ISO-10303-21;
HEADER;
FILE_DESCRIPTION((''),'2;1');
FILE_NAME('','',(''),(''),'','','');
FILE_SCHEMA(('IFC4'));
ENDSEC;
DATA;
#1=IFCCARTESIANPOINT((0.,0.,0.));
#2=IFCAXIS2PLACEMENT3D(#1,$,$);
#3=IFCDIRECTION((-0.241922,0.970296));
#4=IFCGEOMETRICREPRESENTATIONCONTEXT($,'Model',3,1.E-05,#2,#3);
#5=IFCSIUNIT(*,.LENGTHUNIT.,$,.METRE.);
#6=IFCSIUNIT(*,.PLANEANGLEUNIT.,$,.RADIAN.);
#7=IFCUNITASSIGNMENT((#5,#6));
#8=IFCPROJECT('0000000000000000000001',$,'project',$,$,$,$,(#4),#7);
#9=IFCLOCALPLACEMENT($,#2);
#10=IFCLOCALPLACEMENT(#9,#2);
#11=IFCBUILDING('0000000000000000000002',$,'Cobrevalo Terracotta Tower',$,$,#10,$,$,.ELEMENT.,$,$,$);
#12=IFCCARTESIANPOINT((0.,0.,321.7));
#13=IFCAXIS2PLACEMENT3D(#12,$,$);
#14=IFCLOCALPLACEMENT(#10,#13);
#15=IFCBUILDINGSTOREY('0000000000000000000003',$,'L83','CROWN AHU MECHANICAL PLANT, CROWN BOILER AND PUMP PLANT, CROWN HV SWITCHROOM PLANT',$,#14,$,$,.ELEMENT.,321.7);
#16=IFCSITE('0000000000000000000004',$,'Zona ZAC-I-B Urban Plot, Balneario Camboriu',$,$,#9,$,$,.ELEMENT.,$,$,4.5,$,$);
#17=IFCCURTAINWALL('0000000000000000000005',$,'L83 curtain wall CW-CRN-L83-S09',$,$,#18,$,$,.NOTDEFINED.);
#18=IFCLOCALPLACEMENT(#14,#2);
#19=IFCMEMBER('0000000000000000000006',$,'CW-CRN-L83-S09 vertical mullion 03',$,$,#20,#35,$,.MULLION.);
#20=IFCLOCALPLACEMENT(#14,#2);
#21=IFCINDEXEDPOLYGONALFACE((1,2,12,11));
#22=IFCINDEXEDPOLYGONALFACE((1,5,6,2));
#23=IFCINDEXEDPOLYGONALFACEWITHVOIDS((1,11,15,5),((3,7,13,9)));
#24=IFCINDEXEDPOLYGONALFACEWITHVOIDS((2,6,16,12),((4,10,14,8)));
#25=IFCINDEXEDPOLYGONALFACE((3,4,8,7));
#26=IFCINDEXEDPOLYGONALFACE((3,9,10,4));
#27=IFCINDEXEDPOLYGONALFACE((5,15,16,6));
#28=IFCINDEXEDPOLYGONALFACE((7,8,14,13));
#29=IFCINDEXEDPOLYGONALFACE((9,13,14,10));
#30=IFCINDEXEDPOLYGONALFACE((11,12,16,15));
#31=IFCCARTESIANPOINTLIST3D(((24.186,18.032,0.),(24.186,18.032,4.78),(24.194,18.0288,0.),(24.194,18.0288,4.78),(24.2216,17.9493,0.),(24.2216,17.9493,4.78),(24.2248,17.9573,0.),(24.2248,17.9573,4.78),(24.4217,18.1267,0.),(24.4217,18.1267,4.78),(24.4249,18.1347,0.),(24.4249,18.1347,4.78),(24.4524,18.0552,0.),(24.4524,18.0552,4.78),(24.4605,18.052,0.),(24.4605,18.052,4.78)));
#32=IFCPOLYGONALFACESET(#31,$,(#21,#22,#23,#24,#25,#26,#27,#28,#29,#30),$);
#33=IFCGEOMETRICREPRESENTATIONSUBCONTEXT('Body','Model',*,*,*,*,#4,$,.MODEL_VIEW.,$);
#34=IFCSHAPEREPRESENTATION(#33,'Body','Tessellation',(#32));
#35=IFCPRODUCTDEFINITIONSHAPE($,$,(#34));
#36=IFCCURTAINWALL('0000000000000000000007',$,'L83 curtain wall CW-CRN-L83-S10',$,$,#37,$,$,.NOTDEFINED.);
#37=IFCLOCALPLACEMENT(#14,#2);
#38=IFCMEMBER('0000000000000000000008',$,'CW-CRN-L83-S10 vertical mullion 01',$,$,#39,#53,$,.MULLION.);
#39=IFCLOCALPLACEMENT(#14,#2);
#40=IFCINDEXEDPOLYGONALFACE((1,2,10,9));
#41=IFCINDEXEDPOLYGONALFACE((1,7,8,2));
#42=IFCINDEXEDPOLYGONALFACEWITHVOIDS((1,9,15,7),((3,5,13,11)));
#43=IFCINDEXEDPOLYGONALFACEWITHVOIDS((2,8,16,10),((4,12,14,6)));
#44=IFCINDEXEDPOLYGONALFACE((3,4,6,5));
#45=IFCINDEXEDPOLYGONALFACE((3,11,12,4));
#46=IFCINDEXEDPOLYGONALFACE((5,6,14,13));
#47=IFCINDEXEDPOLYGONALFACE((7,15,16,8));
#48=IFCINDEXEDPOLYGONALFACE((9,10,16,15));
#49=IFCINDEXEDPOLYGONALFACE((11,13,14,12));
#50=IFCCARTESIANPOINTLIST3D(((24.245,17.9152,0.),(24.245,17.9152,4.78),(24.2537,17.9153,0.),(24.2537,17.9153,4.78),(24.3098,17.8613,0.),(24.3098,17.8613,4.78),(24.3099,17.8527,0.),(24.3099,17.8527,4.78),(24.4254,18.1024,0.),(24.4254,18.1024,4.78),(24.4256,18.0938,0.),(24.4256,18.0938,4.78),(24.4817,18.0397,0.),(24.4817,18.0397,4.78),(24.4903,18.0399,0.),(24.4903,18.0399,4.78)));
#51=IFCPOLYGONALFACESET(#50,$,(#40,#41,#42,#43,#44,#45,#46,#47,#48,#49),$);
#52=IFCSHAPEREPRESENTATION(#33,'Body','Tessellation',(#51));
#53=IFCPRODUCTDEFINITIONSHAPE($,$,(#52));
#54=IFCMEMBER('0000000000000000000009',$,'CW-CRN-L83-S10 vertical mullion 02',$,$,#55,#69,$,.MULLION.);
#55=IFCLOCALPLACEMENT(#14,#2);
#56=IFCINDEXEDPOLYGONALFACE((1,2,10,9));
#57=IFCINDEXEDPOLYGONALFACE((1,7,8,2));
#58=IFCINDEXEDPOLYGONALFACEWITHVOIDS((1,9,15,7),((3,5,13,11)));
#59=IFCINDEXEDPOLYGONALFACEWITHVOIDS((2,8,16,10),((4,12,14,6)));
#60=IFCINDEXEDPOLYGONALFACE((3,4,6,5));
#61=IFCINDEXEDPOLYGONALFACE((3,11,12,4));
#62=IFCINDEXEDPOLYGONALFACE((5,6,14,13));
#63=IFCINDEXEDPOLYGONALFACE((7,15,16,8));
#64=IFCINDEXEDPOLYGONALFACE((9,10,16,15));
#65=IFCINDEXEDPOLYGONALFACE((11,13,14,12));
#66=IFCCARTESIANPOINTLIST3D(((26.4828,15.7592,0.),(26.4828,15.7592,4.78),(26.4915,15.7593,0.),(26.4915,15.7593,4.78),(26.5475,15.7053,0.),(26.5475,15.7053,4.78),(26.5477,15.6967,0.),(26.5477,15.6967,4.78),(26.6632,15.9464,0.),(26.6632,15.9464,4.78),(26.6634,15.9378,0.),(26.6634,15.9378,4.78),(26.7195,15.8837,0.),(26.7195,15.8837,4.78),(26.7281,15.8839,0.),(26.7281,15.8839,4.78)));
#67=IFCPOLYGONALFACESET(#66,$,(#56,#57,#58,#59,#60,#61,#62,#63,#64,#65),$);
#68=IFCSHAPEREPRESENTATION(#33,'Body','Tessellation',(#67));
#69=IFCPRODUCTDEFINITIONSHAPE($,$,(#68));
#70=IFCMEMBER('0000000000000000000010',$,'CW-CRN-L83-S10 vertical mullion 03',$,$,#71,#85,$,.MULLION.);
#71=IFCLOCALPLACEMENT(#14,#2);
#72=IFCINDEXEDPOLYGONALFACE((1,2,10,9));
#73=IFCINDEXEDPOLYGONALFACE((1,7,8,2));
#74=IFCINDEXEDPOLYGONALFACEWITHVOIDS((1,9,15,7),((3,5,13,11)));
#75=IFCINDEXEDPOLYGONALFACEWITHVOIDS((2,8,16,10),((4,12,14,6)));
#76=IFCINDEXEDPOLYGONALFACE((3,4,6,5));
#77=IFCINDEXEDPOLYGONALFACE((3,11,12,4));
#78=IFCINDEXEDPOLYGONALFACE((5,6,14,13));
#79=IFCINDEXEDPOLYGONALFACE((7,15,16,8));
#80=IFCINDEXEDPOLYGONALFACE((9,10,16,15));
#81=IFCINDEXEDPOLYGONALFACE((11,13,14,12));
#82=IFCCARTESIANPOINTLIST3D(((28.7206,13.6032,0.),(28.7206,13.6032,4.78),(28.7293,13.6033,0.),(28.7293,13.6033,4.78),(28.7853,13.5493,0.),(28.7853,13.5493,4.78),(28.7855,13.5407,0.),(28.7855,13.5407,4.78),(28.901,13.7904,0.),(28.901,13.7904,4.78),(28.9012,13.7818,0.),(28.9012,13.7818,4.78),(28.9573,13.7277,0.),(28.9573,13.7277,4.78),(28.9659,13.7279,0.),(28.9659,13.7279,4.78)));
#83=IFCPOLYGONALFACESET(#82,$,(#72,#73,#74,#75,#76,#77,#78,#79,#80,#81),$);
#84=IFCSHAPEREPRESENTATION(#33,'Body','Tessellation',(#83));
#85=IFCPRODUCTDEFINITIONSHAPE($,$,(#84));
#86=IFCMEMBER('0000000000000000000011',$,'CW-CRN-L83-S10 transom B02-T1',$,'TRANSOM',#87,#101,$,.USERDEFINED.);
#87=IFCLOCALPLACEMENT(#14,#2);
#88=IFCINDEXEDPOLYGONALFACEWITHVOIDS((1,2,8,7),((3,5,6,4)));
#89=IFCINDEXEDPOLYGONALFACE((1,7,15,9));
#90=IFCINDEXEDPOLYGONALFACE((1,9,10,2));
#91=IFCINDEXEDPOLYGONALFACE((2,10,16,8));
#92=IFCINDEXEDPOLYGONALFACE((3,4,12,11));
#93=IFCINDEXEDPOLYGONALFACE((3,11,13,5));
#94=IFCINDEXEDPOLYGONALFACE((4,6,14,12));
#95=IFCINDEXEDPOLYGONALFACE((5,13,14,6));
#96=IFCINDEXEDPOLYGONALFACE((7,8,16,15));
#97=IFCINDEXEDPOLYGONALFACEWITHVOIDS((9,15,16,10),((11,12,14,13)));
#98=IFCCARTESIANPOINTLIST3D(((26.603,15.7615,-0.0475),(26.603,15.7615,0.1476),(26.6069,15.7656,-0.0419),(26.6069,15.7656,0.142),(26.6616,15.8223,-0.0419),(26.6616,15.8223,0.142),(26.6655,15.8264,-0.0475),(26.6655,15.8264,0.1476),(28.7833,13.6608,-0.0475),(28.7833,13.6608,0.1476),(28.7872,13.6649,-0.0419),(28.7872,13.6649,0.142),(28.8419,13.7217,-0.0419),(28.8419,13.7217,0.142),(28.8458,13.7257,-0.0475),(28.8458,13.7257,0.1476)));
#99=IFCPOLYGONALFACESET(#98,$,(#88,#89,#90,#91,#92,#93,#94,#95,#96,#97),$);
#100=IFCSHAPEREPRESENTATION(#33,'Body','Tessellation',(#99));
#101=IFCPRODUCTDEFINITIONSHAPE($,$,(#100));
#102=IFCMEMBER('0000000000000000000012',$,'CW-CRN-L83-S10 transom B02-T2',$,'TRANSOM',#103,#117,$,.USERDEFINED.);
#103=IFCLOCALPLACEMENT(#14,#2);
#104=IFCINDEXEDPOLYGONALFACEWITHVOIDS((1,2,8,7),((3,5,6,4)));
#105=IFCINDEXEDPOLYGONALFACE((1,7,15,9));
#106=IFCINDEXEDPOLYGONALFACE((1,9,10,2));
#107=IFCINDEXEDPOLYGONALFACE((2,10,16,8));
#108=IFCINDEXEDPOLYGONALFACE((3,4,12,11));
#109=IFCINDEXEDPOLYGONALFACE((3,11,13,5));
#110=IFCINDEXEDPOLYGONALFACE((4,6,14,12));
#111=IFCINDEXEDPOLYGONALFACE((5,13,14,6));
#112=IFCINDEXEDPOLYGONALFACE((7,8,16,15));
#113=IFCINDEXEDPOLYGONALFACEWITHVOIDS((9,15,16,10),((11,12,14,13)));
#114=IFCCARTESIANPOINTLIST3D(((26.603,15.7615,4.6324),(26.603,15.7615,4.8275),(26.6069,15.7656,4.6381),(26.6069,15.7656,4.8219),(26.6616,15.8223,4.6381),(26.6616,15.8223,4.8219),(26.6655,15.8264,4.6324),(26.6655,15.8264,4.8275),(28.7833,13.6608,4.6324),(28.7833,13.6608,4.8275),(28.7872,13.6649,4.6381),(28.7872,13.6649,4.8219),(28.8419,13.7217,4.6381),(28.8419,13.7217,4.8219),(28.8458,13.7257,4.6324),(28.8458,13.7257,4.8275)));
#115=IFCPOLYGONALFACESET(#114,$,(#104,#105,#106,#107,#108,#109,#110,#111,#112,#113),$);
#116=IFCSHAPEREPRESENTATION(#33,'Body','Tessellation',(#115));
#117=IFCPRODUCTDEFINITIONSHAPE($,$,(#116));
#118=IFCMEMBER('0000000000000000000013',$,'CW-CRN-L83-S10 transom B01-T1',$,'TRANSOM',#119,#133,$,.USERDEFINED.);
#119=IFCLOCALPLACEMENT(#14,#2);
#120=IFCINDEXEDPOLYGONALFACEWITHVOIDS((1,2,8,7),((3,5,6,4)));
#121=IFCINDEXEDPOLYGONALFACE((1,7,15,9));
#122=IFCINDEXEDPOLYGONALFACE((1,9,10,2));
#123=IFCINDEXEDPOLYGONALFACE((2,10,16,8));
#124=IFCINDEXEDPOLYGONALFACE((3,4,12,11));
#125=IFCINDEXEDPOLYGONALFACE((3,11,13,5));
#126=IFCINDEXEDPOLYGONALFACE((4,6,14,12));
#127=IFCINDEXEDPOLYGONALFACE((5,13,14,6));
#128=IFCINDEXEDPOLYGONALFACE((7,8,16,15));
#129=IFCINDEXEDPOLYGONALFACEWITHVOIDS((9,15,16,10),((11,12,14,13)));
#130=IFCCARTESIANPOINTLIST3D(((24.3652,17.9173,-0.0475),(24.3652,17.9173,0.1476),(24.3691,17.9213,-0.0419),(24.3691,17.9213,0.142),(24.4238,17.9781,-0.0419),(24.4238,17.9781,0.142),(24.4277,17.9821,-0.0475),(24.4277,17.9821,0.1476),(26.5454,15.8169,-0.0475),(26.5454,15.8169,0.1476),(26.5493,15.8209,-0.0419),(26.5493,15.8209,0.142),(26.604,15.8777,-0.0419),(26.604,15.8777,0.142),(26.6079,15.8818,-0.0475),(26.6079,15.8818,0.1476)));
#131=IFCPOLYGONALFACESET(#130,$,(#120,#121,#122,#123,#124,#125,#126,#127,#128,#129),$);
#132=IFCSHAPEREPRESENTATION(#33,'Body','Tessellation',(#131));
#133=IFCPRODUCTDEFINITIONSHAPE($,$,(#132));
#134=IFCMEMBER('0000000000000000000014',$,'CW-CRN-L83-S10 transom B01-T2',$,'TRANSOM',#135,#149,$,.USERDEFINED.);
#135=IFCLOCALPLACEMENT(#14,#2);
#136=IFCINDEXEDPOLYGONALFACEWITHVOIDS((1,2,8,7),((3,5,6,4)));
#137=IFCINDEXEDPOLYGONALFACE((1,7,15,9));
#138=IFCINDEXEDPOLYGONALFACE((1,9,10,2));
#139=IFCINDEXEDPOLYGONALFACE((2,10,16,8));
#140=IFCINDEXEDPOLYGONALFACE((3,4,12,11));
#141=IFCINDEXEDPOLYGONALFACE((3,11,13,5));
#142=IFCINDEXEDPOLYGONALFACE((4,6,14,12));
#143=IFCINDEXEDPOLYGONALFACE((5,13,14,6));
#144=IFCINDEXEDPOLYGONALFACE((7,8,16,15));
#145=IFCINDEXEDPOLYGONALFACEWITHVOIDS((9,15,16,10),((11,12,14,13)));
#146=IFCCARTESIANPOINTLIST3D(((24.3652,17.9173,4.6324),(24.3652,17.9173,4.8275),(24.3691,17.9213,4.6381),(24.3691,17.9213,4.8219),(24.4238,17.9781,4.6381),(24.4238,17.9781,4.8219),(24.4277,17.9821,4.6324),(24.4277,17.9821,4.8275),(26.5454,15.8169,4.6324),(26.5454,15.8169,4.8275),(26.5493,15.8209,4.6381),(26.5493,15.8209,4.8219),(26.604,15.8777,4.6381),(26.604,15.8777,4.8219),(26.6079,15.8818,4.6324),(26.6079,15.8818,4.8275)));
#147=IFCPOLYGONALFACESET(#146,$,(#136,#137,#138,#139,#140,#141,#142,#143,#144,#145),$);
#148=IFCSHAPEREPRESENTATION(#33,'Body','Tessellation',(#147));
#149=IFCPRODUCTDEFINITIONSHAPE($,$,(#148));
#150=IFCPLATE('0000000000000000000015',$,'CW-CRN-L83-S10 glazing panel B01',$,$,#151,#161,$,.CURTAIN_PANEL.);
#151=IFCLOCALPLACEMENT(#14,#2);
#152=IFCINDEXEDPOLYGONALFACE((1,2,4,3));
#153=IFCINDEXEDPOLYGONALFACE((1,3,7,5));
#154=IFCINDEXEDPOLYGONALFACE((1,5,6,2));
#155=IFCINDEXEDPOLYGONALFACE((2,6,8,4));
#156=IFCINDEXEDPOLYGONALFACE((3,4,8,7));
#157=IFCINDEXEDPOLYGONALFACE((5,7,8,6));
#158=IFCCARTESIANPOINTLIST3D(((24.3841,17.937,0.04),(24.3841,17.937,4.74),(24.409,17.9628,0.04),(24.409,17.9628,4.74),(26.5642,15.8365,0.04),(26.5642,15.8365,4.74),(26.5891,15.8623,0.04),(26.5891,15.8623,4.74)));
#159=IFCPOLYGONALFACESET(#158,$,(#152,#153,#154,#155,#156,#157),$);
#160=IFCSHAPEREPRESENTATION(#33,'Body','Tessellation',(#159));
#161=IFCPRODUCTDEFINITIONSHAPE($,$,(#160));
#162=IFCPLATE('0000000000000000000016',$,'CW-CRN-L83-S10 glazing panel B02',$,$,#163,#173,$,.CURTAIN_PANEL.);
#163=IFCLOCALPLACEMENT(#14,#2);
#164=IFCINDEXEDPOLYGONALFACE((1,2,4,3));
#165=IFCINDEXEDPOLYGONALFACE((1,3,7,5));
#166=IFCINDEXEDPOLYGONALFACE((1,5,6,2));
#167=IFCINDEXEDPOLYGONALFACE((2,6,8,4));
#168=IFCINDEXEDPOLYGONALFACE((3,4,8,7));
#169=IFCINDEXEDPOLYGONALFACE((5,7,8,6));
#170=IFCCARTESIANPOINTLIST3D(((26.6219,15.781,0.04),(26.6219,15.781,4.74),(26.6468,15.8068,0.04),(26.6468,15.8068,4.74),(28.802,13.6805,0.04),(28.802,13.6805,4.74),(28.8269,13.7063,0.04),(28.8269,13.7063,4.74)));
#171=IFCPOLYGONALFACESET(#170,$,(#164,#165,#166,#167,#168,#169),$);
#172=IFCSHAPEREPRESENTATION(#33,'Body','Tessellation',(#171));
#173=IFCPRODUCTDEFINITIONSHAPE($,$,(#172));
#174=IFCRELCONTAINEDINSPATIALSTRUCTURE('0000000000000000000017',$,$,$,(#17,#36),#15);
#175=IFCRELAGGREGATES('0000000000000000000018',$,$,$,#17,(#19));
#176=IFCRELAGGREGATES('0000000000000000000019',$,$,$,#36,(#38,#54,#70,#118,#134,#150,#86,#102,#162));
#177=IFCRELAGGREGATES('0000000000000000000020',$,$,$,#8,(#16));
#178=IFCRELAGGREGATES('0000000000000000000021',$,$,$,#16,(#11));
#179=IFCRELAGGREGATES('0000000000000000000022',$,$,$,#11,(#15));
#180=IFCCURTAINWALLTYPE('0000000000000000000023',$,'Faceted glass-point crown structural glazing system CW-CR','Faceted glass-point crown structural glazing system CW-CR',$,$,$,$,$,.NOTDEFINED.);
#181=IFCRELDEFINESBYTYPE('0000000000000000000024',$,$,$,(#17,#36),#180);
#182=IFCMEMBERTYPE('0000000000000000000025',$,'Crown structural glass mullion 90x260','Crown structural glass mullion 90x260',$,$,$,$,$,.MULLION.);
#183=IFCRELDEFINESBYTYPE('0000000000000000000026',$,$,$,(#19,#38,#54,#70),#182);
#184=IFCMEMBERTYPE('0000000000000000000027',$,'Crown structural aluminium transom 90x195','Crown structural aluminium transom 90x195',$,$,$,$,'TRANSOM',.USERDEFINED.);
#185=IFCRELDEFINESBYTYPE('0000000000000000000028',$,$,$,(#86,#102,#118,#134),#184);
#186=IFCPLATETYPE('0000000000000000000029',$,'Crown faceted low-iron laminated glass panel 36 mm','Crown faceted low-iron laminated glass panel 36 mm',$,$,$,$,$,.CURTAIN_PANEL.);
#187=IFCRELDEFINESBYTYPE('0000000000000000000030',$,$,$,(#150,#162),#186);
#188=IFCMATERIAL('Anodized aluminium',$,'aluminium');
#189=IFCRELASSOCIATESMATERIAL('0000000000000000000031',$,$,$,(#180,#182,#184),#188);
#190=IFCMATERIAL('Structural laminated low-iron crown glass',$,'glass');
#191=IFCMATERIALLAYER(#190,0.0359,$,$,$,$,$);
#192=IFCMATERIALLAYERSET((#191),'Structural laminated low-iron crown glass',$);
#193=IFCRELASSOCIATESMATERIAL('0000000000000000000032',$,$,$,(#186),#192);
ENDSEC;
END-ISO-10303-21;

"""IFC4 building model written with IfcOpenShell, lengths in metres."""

from ifc_helpers import new_model, si_unit, direction, frame, origin, origin_2d, place, context, subcontext, project, spatial, rectangle, hollow_rectangle, extrude, source, transform, mapped, material, layer, layer_set, material_profile, profile_set, type_object, element, aggregate, save


model = new_model("IFC4")

# Units and contexts
model_context = context("Model", 3, precision=1e-05, world=origin(), true_north=direction((-0.241922, 0.970296)))
body_context = subcontext(model_context, "Body", "Model", "MODEL_VIEW")
ifc_project = project(units=[si_unit("LENGTHUNIT", "METRE"), si_unit("PLANEANGLEUNIT", "RADIAN")], contexts=[model_context])

# Site, building, storey
site_placement = place(None, origin())
site = spatial("IfcSite", under=ifc_project, at=site_placement, Name="Zona ZAC-I-B Urban Plot, Balneario Camboriu", CompositionType="ELEMENT", RefElevation=4.5)
building_placement = place(site_placement, origin())
building = spatial("IfcBuilding", under=site, at=building_placement, Name="Cobrevalo Terracotta Tower", CompositionType="ELEMENT")
storey_placement = place(building_placement, frame((0.0, 0.0, 321.7)))
storey = spatial("IfcBuildingStorey", under=building, at=storey_placement, Name="L83", Description="CROWN AHU MECHANICAL PLANT, CROWN BOILER AND PUMP PLANT, CROWN HV SWITCHROOM PLANT", CompositionType="ELEMENT", Elevation=321.7)

# Curtain wall, member
ifc_material_1 = material(Name="Anodized aluminium", Category="aluminium")
curtain_wall_type = type_object("IfcCurtainWallType", Name="Faceted glass-point crown structural glazing system CW-CR", Description="Faceted glass-point crown structural glazing system CW-CR", PredefinedType="NOTDEFINED", material=ifc_material_1)
curtain_wall_1_placement = place(storey_placement, origin())
curtain_wall_1 = element("IfcCurtainWall", 1, at=curtain_wall_1_placement, inside=storey, type_object=curtain_wall_type, Name="L83 curtain wall CW-CRN-L83-S09", PredefinedType="NOTDEFINED")
ifc_material_profile_1 = material_profile(ifc_material_1, hollow_rectangle(XDim=0.0901, YDim=0.26, WallThickness=0.0061, at=origin_2d()), Name="CWM 90x260")
ifc_profile_set_1 = profile_set([ifc_material_profile_1], Name="Anodized aluminium")
member_type_1 = type_object("IfcMemberType", Name="Crown structural glass mullion 90x260", Description="Crown structural glass mullion 90x260", PredefinedType="MULLION", material=ifc_profile_set_1)
shared_shape_1 = source(origin(), body_context, "Body", "SweptSolid", [
    extrude(hollow_rectangle(XDim=0.0901, YDim=0.26, WallThickness=0.0061, at=origin_2d()), origin(), (0.0, 0.0, 1.0), 4.78),
])
member_1_placement = place(storey_placement, frame((24.3232, 18.042, 0.0), z_axis=(0.0, 0.0, 1.0), x_axis=(0.394968, -0.918695, 0.0)))
member_1 = element("IfcMember", 2, at=member_1_placement, type_object=member_type_1, Name="CW-CRN-L83-S09 vertical mullion 03", PredefinedType="MULLION", context=body_context, shape_type="MappedRepresentation", body=[
    mapped(shared_shape_1, transform((0.0, 0.0, 0.0), scale=1.0)),
])
aggregate(curtain_wall_1, [member_1])

# Curtain wall, members, plates
curtain_wall_2_placement = place(storey_placement, origin())
curtain_wall_2 = element("IfcCurtainWall", 3, at=curtain_wall_2_placement, inside=storey, type_object=curtain_wall_type, Name="L83 curtain wall CW-CRN-L83-S10", PredefinedType="NOTDEFINED")
member_2_placement = place(storey_placement, frame((24.3677, 17.9775, 0.0), z_axis=(0.0, 0.0, 1.0), x_axis=(0.72014, -0.693829, 0.0)))
member_2 = element("IfcMember", 4, at=member_2_placement, type_object=member_type_1, Name="CW-CRN-L83-S10 vertical mullion 01", PredefinedType="MULLION", context=body_context, shape_type="MappedRepresentation", body=[
    mapped(shared_shape_1, transform((0.0, 0.0, 0.0), scale=1.0)),
])
member_3_placement = place(storey_placement, frame((26.6055, 15.8215, 0.0), z_axis=(0.0, 0.0, 1.0), x_axis=(0.72014, -0.693829, 0.0)))
member_3 = element("IfcMember", 5, at=member_3_placement, type_object=member_type_1, Name="CW-CRN-L83-S10 vertical mullion 02", PredefinedType="MULLION", context=body_context, shape_type="MappedRepresentation", body=[
    mapped(shared_shape_1, transform((0.0, 0.0, 0.0), scale=1.0)),
])
member_4_placement = place(storey_placement, frame((28.8433, 13.6655, 0.0), z_axis=(0.0, 0.0, 1.0), x_axis=(0.72014, -0.693829, 0.0)))
member_4 = element("IfcMember", 6, at=member_4_placement, type_object=member_type_1, Name="CW-CRN-L83-S10 vertical mullion 03", PredefinedType="MULLION", context=body_context, shape_type="MappedRepresentation", body=[
    mapped(shared_shape_1, transform((0.0, 0.0, 0.0), scale=1.0)),
])
ifc_material_profile_2 = material_profile(ifc_material_1, hollow_rectangle(XDim=0.0901, YDim=0.1951, WallThickness=0.0056, at=origin_2d()), Name="CWT 90x195")
ifc_profile_set_2 = profile_set([ifc_material_profile_2], Name="Anodized aluminium")
member_type_2 = type_object("IfcMemberType", Name="Crown structural aluminium transom 90x195", Description="Crown structural aluminium transom 90x195", ElementType="TRANSOM", PredefinedType="USERDEFINED", material=ifc_profile_set_2)
shared_shape_2 = source(origin(), body_context, "Body", "SweptSolid", [
    extrude(hollow_rectangle(XDim=0.0901, YDim=0.1951, WallThickness=0.0056, at=origin_2d()), origin(), (0.0, 0.0, 1.0), 3.0276),
])
member_5_placement = place(storey_placement, frame((26.6343, 15.7939, 0.05), z_axis=(0.720129, -0.69384, 0.0), x_axis=(0.69384, 0.720129, 0.0)))
member_5 = element("IfcMember", 7, at=member_5_placement, type_object=member_type_2, Name="CW-CRN-L83-S10 transom B02-T1", ObjectType="TRANSOM", PredefinedType="USERDEFINED", context=body_context, shape_type="MappedRepresentation", body=[
    mapped(shared_shape_2, transform((0.0, 0.0, 0.0), scale=1.0)),
])
member_6_placement = place(storey_placement, frame((26.6343, 15.7939, 4.73), z_axis=(0.720129, -0.69384, 0.0), x_axis=(0.69384, 0.720129, 0.0)))
member_6 = element("IfcMember", 8, at=member_6_placement, type_object=member_type_2, Name="CW-CRN-L83-S10 transom B02-T2", ObjectType="TRANSOM", PredefinedType="USERDEFINED", context=body_context, shape_type="MappedRepresentation", body=[
    mapped(shared_shape_2, transform((0.0, 0.0, 0.0), scale=1.0)),
])
shared_shape_3 = source(origin(), body_context, "Body", "SweptSolid", [
    extrude(hollow_rectangle(XDim=0.0901, YDim=0.1951, WallThickness=0.0056, at=origin_2d()), origin(), (0.0, 0.0, 1.0), 3.0273),
])
member_7_placement = place(storey_placement, frame((24.3965, 17.9497, 0.05), z_axis=(0.720169, -0.693798, 0.0), x_axis=(0.693798, 0.720169, 0.0)))
member_7 = element("IfcMember", 9, at=member_7_placement, type_object=member_type_2, Name="CW-CRN-L83-S10 transom B01-T1", ObjectType="TRANSOM", PredefinedType="USERDEFINED", context=body_context, shape_type="MappedRepresentation", body=[
    mapped(shared_shape_3, transform((0.0, 0.0, 0.0), scale=1.0)),
])
member_8_placement = place(storey_placement, frame((24.3965, 17.9497, 4.73), z_axis=(0.720169, -0.693798, 0.0), x_axis=(0.693798, 0.720169, 0.0)))
member_8 = element("IfcMember", 10, at=member_8_placement, type_object=member_type_2, Name="CW-CRN-L83-S10 transom B01-T2", ObjectType="TRANSOM", PredefinedType="USERDEFINED", context=body_context, shape_type="MappedRepresentation", body=[
    mapped(shared_shape_3, transform((0.0, 0.0, 0.0), scale=1.0)),
])
ifc_material_2 = material(Name="Structural laminated low-iron crown glass", Category="glass")
ifc_layer_1 = layer(ifc_material_2, 0.0359)
ifc_layer_set_1 = layer_set([ifc_layer_1], Name="Structural laminated low-iron crown glass")
plate_type = type_object("IfcPlateType", Name="Crown faceted low-iron laminated glass panel 36 mm", Description="Crown faceted low-iron laminated glass panel 36 mm", PredefinedType="CURTAIN_PANEL", material=ifc_layer_set_1)
shared_shape_4 = source(origin(), body_context, "Body", "SweptSolid", [
    extrude(rectangle(XDim=3.0273, YDim=0.0359, at=origin_2d()), origin(), (0.0, 0.0, 1.0), 4.7),
])
plate_1_placement = place(storey_placement, frame((25.4866, 16.8997, 0.04), z_axis=(0.0, 0.0, 1.0), x_axis=(0.720133, -0.693836, 0.0)))
plate_1 = element("IfcPlate", 11, at=plate_1_placement, type_object=plate_type, Name="CW-CRN-L83-S10 glazing panel B01", PredefinedType="CURTAIN_PANEL", context=body_context, shape_type="MappedRepresentation", body=[
    mapped(shared_shape_4, transform((0.0, 0.0, 0.0), scale=1.0)),
])
plate_2_placement = place(storey_placement, frame((27.7244, 14.7437, 0.04), z_axis=(0.0, 0.0, 1.0), x_axis=(0.720133, -0.693836, 0.0)))
plate_2 = element("IfcPlate", 12, at=plate_2_placement, type_object=plate_type, Name="CW-CRN-L83-S10 glazing panel B02", PredefinedType="CURTAIN_PANEL", context=body_context, shape_type="MappedRepresentation", body=[
    mapped(shared_shape_4, transform((0.0, 0.0, 0.0), scale=1.0)),
])
aggregate(curtain_wall_2, [member_2, member_3, member_4, member_7, member_8, plate_1, member_5, member_6, plate_2])

save(model, "model.ifc")
